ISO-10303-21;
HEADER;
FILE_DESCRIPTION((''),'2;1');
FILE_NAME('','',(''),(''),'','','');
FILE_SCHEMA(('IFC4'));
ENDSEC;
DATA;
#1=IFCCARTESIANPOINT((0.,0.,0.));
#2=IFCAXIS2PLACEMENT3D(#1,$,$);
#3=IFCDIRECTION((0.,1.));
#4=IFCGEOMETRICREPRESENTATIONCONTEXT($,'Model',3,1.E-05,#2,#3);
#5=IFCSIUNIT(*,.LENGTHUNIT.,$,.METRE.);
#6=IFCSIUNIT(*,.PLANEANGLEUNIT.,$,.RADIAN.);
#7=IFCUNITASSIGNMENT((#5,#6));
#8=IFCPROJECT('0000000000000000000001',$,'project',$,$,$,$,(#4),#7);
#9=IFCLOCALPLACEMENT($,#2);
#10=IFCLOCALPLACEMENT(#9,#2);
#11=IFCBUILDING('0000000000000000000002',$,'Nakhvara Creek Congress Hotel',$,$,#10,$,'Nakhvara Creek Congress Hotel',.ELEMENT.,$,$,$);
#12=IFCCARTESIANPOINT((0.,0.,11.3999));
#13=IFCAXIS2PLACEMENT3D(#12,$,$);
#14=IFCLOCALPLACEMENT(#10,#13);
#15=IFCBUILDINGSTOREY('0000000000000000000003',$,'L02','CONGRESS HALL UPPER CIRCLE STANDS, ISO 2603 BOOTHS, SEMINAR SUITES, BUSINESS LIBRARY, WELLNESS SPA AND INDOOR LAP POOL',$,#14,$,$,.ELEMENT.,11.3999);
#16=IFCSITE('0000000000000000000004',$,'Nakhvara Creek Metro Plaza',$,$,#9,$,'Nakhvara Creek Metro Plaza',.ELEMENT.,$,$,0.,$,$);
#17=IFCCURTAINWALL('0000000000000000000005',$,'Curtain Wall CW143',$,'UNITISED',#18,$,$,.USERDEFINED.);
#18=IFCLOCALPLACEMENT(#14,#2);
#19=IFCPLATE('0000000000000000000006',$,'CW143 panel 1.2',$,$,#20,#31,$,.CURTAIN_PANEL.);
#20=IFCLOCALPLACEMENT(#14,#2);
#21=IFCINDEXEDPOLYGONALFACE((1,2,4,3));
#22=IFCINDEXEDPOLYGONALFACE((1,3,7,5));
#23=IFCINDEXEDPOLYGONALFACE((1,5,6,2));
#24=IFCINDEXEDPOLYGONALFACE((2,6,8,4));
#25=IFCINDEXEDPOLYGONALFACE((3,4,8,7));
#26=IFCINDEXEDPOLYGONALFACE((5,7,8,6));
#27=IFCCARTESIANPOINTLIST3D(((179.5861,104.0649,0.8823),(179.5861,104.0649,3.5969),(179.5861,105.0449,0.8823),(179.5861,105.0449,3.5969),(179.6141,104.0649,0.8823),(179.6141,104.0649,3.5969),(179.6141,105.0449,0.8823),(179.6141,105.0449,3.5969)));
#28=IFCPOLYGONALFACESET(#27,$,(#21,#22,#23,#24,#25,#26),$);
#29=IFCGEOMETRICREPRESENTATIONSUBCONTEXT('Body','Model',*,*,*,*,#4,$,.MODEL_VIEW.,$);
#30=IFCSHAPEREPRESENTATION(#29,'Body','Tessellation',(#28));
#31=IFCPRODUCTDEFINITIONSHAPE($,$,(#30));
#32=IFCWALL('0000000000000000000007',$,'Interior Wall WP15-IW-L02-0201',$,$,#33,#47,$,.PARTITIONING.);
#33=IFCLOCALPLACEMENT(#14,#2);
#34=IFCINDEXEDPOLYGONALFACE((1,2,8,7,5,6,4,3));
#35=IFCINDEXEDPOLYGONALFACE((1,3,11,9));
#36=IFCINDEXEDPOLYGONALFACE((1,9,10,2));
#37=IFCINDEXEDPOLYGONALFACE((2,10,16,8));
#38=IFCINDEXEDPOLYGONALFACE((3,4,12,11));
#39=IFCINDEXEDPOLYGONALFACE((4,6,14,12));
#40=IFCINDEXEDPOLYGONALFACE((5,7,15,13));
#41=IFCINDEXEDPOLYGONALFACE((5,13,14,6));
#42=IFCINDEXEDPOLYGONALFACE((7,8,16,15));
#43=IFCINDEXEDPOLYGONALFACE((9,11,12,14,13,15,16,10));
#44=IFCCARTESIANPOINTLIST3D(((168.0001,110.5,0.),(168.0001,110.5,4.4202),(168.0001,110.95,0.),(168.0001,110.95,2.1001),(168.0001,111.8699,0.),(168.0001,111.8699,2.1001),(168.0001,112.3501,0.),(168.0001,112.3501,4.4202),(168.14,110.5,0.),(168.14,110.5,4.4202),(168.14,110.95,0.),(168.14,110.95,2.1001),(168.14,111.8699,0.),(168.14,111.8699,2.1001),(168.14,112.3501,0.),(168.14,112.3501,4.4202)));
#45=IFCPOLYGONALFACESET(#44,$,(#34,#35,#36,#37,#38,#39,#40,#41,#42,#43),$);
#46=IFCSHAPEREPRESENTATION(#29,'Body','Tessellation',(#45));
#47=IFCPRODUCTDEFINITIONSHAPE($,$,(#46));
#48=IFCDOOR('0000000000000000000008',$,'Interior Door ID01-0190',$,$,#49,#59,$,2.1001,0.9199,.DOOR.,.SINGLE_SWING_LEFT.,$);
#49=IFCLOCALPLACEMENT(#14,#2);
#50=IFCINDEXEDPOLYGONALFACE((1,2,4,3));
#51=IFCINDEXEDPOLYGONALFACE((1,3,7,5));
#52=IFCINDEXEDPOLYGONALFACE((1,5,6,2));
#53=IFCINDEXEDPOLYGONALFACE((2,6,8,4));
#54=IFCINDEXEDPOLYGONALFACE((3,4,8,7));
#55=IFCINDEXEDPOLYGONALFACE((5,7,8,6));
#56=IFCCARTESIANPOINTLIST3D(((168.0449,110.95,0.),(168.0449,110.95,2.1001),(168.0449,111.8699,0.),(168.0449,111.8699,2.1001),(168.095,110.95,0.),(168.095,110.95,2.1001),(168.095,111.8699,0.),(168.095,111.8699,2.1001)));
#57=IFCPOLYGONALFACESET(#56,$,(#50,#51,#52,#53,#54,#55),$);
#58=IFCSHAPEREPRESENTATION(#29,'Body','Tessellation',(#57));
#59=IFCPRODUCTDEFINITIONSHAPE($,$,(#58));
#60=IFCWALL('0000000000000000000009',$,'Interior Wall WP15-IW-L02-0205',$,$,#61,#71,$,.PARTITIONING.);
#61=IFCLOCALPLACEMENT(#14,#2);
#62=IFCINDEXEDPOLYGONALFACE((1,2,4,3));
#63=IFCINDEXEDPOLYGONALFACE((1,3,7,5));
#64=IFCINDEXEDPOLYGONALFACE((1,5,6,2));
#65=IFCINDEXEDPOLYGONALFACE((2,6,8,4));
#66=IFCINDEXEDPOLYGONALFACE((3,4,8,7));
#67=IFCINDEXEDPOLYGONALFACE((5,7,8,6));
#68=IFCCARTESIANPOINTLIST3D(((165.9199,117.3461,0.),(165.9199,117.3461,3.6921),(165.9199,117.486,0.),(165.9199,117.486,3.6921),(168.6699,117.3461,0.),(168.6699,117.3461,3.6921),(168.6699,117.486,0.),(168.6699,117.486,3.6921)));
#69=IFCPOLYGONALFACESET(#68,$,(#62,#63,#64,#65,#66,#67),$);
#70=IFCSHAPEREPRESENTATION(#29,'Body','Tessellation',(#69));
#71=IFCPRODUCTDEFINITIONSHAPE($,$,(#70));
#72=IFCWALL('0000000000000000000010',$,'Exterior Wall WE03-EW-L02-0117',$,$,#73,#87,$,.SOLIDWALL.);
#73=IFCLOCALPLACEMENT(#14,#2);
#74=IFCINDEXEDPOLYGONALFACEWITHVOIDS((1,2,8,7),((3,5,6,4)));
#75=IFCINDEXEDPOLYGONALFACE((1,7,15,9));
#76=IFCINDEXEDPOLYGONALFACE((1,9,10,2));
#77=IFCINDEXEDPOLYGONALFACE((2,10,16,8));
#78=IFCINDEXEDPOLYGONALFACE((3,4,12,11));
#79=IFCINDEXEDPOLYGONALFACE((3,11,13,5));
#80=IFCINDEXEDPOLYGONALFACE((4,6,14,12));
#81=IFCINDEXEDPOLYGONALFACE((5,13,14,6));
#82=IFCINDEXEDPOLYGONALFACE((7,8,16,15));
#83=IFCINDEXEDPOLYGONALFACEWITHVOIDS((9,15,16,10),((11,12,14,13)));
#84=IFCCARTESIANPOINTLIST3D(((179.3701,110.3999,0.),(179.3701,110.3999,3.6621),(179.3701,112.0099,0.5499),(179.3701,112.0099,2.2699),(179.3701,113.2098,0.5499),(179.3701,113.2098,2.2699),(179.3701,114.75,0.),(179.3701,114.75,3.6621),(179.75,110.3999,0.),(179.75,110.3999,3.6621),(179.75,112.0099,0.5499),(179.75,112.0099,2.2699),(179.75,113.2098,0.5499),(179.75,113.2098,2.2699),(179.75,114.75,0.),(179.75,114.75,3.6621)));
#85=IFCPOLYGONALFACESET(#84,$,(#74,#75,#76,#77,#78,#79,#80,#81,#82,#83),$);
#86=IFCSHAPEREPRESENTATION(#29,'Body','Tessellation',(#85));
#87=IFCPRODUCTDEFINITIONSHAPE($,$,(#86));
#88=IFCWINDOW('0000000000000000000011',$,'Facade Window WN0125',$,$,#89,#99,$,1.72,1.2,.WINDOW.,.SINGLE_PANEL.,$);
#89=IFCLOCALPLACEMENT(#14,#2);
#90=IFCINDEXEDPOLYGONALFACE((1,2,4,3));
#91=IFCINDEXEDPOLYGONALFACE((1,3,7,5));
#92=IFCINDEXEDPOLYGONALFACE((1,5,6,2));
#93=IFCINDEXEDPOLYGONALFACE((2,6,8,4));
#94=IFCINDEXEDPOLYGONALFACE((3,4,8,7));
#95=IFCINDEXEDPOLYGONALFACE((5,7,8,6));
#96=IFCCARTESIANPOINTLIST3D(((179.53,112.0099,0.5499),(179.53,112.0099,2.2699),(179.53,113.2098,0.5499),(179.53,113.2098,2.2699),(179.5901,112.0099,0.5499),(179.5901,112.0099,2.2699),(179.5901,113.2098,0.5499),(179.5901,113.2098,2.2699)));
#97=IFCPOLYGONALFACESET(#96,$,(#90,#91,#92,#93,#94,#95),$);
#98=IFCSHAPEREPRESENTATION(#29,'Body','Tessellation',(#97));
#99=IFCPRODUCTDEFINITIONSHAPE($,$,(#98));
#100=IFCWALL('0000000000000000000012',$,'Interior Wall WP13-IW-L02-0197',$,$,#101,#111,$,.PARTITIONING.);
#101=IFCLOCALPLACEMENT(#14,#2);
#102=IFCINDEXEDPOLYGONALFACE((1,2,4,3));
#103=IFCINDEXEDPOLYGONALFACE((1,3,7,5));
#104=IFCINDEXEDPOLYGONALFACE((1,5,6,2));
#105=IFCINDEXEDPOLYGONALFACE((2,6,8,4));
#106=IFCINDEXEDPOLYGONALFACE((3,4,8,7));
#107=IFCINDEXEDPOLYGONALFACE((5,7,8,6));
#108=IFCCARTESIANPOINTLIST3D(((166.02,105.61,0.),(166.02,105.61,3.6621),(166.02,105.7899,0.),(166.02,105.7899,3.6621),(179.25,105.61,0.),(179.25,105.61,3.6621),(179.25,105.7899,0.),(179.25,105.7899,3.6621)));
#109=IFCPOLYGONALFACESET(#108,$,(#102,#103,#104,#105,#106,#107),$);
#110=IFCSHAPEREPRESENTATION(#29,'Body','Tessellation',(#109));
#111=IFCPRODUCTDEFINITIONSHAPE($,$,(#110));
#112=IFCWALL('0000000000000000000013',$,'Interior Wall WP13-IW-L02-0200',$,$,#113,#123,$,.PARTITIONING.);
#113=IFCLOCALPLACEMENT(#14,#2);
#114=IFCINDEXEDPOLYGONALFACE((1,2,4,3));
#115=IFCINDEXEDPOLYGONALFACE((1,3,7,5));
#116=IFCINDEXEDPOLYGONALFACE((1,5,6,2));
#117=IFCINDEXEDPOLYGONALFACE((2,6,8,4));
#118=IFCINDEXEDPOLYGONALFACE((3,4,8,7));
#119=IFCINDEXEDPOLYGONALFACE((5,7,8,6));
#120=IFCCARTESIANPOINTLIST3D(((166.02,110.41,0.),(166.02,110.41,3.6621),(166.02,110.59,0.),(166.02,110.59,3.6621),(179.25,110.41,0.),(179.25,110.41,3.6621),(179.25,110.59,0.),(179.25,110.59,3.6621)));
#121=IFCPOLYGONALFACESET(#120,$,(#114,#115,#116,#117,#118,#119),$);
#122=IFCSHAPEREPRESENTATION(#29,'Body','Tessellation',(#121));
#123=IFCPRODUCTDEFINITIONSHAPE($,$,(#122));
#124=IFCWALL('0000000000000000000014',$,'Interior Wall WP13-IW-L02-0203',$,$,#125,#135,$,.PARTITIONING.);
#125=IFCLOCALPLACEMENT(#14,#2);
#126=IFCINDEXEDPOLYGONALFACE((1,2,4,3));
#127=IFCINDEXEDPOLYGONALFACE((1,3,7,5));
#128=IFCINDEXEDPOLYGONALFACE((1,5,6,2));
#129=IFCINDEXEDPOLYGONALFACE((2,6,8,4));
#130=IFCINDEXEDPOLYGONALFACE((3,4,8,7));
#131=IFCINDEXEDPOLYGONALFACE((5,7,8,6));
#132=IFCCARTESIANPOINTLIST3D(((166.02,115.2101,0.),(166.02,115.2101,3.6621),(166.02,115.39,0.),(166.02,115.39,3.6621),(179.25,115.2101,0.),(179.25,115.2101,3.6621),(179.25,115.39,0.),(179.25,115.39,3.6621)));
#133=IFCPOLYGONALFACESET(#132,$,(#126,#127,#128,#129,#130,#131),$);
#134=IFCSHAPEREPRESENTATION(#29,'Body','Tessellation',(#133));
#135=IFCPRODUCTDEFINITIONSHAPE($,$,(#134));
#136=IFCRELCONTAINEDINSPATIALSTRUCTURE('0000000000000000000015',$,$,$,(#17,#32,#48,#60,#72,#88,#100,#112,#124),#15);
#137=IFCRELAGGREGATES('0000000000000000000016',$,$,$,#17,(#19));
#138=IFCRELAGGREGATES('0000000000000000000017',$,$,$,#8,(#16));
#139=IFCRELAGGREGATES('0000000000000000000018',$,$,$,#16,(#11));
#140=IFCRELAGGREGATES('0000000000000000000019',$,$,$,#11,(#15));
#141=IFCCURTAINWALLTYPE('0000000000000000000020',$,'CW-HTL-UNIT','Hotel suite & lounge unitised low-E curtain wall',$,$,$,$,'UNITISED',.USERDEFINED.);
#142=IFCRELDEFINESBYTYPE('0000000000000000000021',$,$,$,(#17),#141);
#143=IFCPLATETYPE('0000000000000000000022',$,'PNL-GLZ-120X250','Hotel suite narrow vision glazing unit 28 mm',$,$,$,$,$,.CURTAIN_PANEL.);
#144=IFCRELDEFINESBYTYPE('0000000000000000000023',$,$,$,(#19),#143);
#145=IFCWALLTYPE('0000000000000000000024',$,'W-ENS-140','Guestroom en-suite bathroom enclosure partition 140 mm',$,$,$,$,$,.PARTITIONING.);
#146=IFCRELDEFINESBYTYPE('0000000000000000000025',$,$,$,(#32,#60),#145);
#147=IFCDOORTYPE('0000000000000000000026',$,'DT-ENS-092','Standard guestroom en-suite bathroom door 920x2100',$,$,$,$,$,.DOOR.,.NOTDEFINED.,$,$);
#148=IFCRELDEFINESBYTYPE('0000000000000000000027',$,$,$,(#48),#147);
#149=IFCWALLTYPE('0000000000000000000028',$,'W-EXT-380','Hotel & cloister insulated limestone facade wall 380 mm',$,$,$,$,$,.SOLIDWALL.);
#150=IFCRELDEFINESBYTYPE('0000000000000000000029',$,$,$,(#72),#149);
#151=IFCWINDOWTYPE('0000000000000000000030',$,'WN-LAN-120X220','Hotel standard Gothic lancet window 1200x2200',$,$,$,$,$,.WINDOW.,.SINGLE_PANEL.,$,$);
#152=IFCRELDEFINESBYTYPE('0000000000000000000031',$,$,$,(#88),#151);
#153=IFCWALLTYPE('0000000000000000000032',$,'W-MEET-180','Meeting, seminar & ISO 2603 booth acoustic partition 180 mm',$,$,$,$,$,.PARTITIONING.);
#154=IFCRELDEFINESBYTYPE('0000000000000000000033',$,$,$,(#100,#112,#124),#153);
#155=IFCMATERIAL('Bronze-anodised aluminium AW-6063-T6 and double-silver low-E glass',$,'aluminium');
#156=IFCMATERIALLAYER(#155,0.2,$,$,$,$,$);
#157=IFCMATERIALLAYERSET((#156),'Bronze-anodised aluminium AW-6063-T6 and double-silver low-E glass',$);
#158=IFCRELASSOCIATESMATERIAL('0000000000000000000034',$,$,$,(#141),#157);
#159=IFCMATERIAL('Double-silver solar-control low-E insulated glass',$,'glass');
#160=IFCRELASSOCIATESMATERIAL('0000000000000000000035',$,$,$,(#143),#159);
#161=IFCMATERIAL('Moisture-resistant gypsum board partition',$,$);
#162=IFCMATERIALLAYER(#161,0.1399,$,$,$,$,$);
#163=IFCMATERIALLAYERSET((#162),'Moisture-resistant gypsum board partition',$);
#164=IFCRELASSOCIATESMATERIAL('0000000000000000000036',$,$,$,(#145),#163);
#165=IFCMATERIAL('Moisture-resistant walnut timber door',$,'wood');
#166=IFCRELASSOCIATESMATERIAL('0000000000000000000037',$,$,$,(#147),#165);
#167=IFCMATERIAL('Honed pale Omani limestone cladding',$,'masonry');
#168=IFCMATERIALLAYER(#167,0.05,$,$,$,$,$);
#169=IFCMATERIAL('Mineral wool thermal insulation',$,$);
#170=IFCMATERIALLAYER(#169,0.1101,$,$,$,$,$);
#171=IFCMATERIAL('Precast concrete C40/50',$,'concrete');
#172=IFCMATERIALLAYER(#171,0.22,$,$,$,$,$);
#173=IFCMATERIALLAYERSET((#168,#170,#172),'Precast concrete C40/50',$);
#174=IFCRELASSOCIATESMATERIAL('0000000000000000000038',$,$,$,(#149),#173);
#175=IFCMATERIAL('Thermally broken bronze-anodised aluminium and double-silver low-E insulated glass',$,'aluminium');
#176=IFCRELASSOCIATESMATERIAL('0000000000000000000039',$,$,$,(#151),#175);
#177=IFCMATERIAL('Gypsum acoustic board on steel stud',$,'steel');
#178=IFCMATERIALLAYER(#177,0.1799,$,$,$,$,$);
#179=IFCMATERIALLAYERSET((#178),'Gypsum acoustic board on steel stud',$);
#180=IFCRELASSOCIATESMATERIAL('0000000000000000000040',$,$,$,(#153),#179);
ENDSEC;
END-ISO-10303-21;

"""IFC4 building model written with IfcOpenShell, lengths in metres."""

from ifc_helpers import new_model, si_unit, direction, frame, frame_2d, origin, origin_2d, place, context, subcontext, project, spatial, rectangle, extrude, material, layer, layer_set, type_object, element, fill, aggregate, save


model = new_model("IFC4")

# Units and contexts
model_context = context("Model", 3, precision=1e-05, world=origin(), true_north=direction((0.0, 1.0)))
body_context = subcontext(model_context, "Body", "Model", "MODEL_VIEW")
ifc_project = project(units=[si_unit("LENGTHUNIT", "METRE"), si_unit("PLANEANGLEUNIT", "RADIAN")], contexts=[model_context])

# Site, building, storey
site_placement = place(None, origin())
site = spatial("IfcSite", under=ifc_project, at=site_placement, Name="Nakhvara Creek Metro Plaza", LongName="Nakhvara Creek Metro Plaza", CompositionType="ELEMENT", RefElevation=0.0)
building_placement = place(site_placement, origin())
building = spatial("IfcBuilding", under=site, at=building_placement, Name="Nakhvara Creek Congress Hotel", LongName="Nakhvara Creek Congress Hotel", CompositionType="ELEMENT")
storey_placement = place(building_placement, frame((0.0, 0.0, 11.3999)))
storey = spatial("IfcBuildingStorey", under=building, at=storey_placement, Name="L02", Description="CONGRESS HALL UPPER CIRCLE STANDS, ISO 2603 BOOTHS, SEMINAR SUITES, BUSINESS LIBRARY, WELLNESS SPA AND INDOOR LAP POOL", CompositionType="ELEMENT", Elevation=11.3999)

# Curtain wall, plate
ifc_material_1 = material(Name="Bronze-anodised aluminium AW-6063-T6 and double-silver low-E glass", Category="aluminium")
ifc_layer_1 = layer(ifc_material_1, 0.2)
ifc_layer_set_1 = layer_set([ifc_layer_1], Name="Bronze-anodised aluminium AW-6063-T6 and double-silver low-E glass")
curtain_wall_type = type_object("IfcCurtainWallType", Name="CW-HTL-UNIT", Description="Hotel suite & lounge unitised low-E curtain wall", ElementType="UNITISED", PredefinedType="USERDEFINED", material=ifc_layer_set_1)
curtain_wall_placement = place(storey_placement, origin())
curtain_wall = element("IfcCurtainWall", 1, at=curtain_wall_placement, inside=storey, type_object=curtain_wall_type, Name="Curtain Wall CW143", ObjectType="UNITISED", PredefinedType="USERDEFINED")
ifc_material_2 = material(Name="Double-silver solar-control low-E insulated glass", Category="glass")
plate_type = type_object("IfcPlateType", Name="PNL-GLZ-120X250", Description="Hotel suite narrow vision glazing unit 28 mm", PredefinedType="CURTAIN_PANEL", material=ifc_material_2)
plate_1_placement = place(storey_placement, frame((179.6001, 104.5549, 0.8823), z_axis=(0.0, 0.0, 1.0), x_axis=(0.0, -1.0, 0.0)))
plate_1 = element("IfcPlate", 2, at=plate_1_placement, type_object=plate_type, Name="CW143 panel 1.2", PredefinedType="CURTAIN_PANEL", context=body_context, shape_type="SweptSolid", body=[
    extrude(rectangle(XDim=0.98, YDim=0.0281, at=origin_2d()), origin(), (0.0, 0.0, 1.0), 2.7146),
])
aggregate(curtain_wall, [plate_1])

# Wall, opening, door
ifc_material_3 = material(Name="Moisture-resistant gypsum board partition")
ifc_layer_2 = layer(ifc_material_3, 0.1399)
ifc_layer_set_2 = layer_set([ifc_layer_2], Name="Moisture-resistant gypsum board partition")
wall_type_1 = type_object("IfcWallType", Name="W-ENS-140", Description="Guestroom en-suite bathroom enclosure partition 140 mm", PredefinedType="PARTITIONING", material=ifc_layer_set_2)
ifc_material_4 = material(Name="Moisture-resistant walnut timber door", Category="wood")
wall_1_placement = place(storey_placement, frame((168.0701, 110.5, 0.0), z_axis=(0.0, 0.0, 1.0), x_axis=(0.0, 1.0, 0.0)))
wall_1 = element("IfcWall", 3, at=wall_1_placement, inside=storey, type_object=wall_type_1, Name="Interior Wall WP15-IW-L02-0201", PredefinedType="PARTITIONING", context=body_context, shape_type="SweptSolid", body=[
    extrude(rectangle(XDim=1.8501, YDim=0.1399, at=frame_2d((0.925, 0.0))), origin(), (0.0, 0.0, 1.0), 4.4202),
])
opening_1_placement = place(wall_1_placement, frame((0.45, 0.0, 0.0)))
opening_1 = element("IfcOpeningElement", 4, at=opening_1_placement, cuts=wall_1, PredefinedType="OPENING", context=body_context, shape_type="SweptSolid", body=[
    extrude(rectangle(XDim=0.9199, YDim=2.1001, at=frame_2d((0.46, 1.05))), frame((0.0, 0.082, 0.0), z_axis=(0.0, -1.0, 0.0), x_axis=(1.0, 0.0, 0.0)), (0.0, 0.0, 1.0), 0.1638),
])
door_type_1 = type_object("IfcDoorType", Name="DT-ENS-092", Description="Standard guestroom en-suite bathroom door 920x2100", OperationType="NOTDEFINED", PredefinedType="DOOR", material=ifc_material_4)
door_1_placement = place(opening_1_placement, frame((0.9199, 0.0, 0.0), z_axis=(0.0, 0.0, 1.0), x_axis=(-1.0, 0.0, 0.0)))
door_1 = element("IfcDoor", 5, at=door_1_placement, inside=storey, type_object=door_type_1, Name="Interior Door ID01-0190", OperationType="SINGLE_SWING_LEFT", OverallHeight=2.1001, OverallWidth=0.9199, PredefinedType="DOOR", context=body_context, shape_type="SweptSolid", body=[
    extrude(rectangle(XDim=0.9199, YDim=2.1001, at=frame_2d((0.46, 1.05))), frame((0.0, 0.0249, 0.0), z_axis=(0.0, -1.0, 0.0), x_axis=(1.0, 0.0, 0.0)), (0.0, 0.0, 1.0), 0.05),
])
fill(opening_1, door_1)

# Wall
wall_2_placement = place(storey_placement, frame((165.9199, 117.416, 0.0), z_axis=(0.0, 0.0, 1.0), x_axis=(1.0, 0.0, 0.0)))
element("IfcWall", 6, at=wall_2_placement, inside=storey, type_object=wall_type_1, Name="Interior Wall WP15-IW-L02-0205", PredefinedType="PARTITIONING", context=body_context, shape_type="SweptSolid", body=[
    extrude(rectangle(XDim=2.75, YDim=0.1399, at=frame_2d((1.375, 0.0))), origin(), (0.0, 0.0, 1.0), 3.6921),
])

# Wall, opening, window
ifc_material_5 = material(Name="Honed pale Omani limestone cladding", Category="masonry")
ifc_layer_3 = layer(ifc_material_5, 0.05)
ifc_material_6 = material(Name="Mineral wool thermal insulation")
ifc_layer_4 = layer(ifc_material_6, 0.1101)
ifc_material_7 = material(Name="Precast concrete C40/50", Category="concrete")
ifc_layer_5 = layer(ifc_material_7, 0.22)
ifc_layer_set_3 = layer_set([ifc_layer_3, ifc_layer_4, ifc_layer_5], Name="Precast concrete C40/50")
wall_type_2 = type_object("IfcWallType", Name="W-EXT-380", Description="Hotel & cloister insulated limestone facade wall 380 mm", PredefinedType="SOLIDWALL", material=ifc_layer_set_3)
wall_3_placement = place(storey_placement, frame((179.5601, 114.75, 0.0), z_axis=(0.0, 0.0, 1.0), x_axis=(0.0, -1.0, 0.0)))
wall_3 = element("IfcWall", 7, at=wall_3_placement, inside=storey, type_object=wall_type_2, Name="Exterior Wall WE03-EW-L02-0117", PredefinedType="SOLIDWALL", context=body_context, shape_type="SweptSolid", body=[
    extrude(rectangle(XDim=4.3501, YDim=0.3799, at=frame_2d((2.175, 0.0))), origin(), (0.0, 0.0, 1.0), 3.6621),
])
opening_2_placement = place(wall_3_placement, frame((1.54, 0.0, 0.55)))
opening_2 = element("IfcOpeningElement", 8, at=opening_2_placement, cuts=wall_3, PredefinedType="OPENING", context=body_context, shape_type="SweptSolid", body=[
    extrude(rectangle(XDim=1.2, YDim=1.72, at=frame_2d((0.6001, 0.8599))), frame((0.0, 0.2019, 0.0), z_axis=(0.0, -1.0, 0.0), x_axis=(1.0, 0.0, 0.0)), (0.0, 0.0, 1.0), 0.4038),
])
ifc_material_8 = material(Name="Thermally broken bronze-anodised aluminium and double-silver low-E insulated glass", Category="aluminium")
window_type = type_object("IfcWindowType", Name="WN-LAN-120X220", Description="Hotel standard Gothic lancet window 1200x2200", PartitioningType="SINGLE_PANEL", PredefinedType="WINDOW", material=ifc_material_8)
window_placement = place(opening_2_placement, origin())
window = element("IfcWindow", 9, at=window_placement, inside=storey, type_object=window_type, Name="Facade Window WN0125", OverallHeight=1.72, OverallWidth=1.2, PartitioningType="SINGLE_PANEL", PredefinedType="WINDOW", context=body_context, shape_type="SweptSolid", body=[
    extrude(rectangle(XDim=1.2, YDim=1.72, at=frame_2d((0.6001, 0.8599))), frame((0.0, 0.03, 0.0), z_axis=(0.0, -1.0, 0.0), x_axis=(1.0, 0.0, 0.0)), (0.0, 0.0, 1.0), 0.0601),
])
fill(opening_2, window)

# Walls
ifc_material_9 = material(Name="Gypsum acoustic board on steel stud", Category="steel")
ifc_layer_6 = layer(ifc_material_9, 0.1799)
ifc_layer_set_4 = layer_set([ifc_layer_6], Name="Gypsum acoustic board on steel stud")
wall_type_3 = type_object("IfcWallType", Name="W-MEET-180", Description="Meeting, seminar & ISO 2603 booth acoustic partition 180 mm", PredefinedType="PARTITIONING", material=ifc_layer_set_4)
for number, where, z_axis, x_axis, name in (
    (10, (166.02, 105.7, 0.0), (0.0, 0.0, 1.0), (1.0, 0.0, 0.0), "Interior Wall WP13-IW-L02-0197"),
    (11, (166.02, 110.5, 0.0), (0.0, 0.0, 1.0), (1.0, 0.0, 0.0), "Interior Wall WP13-IW-L02-0200"),
    (12, (166.02, 115.3, 0.0), (0.0, 0.0, 1.0), (1.0, 0.0, 0.0), "Interior Wall WP13-IW-L02-0203"),
):
    element("IfcWall", number, at=place(storey_placement, frame(where, z_axis=z_axis, x_axis=x_axis)), inside=storey, type_object=wall_type_3, Name=name, PredefinedType="PARTITIONING", context=body_context, shape_type="SweptSolid", body=[
        extrude(rectangle(XDim=13.23, YDim=0.1799, at=frame_2d((6.615, 0.0))), origin(), (0.0, 0.0, 1.0), 3.6621),
    ])

save(model, "model.ifc")
